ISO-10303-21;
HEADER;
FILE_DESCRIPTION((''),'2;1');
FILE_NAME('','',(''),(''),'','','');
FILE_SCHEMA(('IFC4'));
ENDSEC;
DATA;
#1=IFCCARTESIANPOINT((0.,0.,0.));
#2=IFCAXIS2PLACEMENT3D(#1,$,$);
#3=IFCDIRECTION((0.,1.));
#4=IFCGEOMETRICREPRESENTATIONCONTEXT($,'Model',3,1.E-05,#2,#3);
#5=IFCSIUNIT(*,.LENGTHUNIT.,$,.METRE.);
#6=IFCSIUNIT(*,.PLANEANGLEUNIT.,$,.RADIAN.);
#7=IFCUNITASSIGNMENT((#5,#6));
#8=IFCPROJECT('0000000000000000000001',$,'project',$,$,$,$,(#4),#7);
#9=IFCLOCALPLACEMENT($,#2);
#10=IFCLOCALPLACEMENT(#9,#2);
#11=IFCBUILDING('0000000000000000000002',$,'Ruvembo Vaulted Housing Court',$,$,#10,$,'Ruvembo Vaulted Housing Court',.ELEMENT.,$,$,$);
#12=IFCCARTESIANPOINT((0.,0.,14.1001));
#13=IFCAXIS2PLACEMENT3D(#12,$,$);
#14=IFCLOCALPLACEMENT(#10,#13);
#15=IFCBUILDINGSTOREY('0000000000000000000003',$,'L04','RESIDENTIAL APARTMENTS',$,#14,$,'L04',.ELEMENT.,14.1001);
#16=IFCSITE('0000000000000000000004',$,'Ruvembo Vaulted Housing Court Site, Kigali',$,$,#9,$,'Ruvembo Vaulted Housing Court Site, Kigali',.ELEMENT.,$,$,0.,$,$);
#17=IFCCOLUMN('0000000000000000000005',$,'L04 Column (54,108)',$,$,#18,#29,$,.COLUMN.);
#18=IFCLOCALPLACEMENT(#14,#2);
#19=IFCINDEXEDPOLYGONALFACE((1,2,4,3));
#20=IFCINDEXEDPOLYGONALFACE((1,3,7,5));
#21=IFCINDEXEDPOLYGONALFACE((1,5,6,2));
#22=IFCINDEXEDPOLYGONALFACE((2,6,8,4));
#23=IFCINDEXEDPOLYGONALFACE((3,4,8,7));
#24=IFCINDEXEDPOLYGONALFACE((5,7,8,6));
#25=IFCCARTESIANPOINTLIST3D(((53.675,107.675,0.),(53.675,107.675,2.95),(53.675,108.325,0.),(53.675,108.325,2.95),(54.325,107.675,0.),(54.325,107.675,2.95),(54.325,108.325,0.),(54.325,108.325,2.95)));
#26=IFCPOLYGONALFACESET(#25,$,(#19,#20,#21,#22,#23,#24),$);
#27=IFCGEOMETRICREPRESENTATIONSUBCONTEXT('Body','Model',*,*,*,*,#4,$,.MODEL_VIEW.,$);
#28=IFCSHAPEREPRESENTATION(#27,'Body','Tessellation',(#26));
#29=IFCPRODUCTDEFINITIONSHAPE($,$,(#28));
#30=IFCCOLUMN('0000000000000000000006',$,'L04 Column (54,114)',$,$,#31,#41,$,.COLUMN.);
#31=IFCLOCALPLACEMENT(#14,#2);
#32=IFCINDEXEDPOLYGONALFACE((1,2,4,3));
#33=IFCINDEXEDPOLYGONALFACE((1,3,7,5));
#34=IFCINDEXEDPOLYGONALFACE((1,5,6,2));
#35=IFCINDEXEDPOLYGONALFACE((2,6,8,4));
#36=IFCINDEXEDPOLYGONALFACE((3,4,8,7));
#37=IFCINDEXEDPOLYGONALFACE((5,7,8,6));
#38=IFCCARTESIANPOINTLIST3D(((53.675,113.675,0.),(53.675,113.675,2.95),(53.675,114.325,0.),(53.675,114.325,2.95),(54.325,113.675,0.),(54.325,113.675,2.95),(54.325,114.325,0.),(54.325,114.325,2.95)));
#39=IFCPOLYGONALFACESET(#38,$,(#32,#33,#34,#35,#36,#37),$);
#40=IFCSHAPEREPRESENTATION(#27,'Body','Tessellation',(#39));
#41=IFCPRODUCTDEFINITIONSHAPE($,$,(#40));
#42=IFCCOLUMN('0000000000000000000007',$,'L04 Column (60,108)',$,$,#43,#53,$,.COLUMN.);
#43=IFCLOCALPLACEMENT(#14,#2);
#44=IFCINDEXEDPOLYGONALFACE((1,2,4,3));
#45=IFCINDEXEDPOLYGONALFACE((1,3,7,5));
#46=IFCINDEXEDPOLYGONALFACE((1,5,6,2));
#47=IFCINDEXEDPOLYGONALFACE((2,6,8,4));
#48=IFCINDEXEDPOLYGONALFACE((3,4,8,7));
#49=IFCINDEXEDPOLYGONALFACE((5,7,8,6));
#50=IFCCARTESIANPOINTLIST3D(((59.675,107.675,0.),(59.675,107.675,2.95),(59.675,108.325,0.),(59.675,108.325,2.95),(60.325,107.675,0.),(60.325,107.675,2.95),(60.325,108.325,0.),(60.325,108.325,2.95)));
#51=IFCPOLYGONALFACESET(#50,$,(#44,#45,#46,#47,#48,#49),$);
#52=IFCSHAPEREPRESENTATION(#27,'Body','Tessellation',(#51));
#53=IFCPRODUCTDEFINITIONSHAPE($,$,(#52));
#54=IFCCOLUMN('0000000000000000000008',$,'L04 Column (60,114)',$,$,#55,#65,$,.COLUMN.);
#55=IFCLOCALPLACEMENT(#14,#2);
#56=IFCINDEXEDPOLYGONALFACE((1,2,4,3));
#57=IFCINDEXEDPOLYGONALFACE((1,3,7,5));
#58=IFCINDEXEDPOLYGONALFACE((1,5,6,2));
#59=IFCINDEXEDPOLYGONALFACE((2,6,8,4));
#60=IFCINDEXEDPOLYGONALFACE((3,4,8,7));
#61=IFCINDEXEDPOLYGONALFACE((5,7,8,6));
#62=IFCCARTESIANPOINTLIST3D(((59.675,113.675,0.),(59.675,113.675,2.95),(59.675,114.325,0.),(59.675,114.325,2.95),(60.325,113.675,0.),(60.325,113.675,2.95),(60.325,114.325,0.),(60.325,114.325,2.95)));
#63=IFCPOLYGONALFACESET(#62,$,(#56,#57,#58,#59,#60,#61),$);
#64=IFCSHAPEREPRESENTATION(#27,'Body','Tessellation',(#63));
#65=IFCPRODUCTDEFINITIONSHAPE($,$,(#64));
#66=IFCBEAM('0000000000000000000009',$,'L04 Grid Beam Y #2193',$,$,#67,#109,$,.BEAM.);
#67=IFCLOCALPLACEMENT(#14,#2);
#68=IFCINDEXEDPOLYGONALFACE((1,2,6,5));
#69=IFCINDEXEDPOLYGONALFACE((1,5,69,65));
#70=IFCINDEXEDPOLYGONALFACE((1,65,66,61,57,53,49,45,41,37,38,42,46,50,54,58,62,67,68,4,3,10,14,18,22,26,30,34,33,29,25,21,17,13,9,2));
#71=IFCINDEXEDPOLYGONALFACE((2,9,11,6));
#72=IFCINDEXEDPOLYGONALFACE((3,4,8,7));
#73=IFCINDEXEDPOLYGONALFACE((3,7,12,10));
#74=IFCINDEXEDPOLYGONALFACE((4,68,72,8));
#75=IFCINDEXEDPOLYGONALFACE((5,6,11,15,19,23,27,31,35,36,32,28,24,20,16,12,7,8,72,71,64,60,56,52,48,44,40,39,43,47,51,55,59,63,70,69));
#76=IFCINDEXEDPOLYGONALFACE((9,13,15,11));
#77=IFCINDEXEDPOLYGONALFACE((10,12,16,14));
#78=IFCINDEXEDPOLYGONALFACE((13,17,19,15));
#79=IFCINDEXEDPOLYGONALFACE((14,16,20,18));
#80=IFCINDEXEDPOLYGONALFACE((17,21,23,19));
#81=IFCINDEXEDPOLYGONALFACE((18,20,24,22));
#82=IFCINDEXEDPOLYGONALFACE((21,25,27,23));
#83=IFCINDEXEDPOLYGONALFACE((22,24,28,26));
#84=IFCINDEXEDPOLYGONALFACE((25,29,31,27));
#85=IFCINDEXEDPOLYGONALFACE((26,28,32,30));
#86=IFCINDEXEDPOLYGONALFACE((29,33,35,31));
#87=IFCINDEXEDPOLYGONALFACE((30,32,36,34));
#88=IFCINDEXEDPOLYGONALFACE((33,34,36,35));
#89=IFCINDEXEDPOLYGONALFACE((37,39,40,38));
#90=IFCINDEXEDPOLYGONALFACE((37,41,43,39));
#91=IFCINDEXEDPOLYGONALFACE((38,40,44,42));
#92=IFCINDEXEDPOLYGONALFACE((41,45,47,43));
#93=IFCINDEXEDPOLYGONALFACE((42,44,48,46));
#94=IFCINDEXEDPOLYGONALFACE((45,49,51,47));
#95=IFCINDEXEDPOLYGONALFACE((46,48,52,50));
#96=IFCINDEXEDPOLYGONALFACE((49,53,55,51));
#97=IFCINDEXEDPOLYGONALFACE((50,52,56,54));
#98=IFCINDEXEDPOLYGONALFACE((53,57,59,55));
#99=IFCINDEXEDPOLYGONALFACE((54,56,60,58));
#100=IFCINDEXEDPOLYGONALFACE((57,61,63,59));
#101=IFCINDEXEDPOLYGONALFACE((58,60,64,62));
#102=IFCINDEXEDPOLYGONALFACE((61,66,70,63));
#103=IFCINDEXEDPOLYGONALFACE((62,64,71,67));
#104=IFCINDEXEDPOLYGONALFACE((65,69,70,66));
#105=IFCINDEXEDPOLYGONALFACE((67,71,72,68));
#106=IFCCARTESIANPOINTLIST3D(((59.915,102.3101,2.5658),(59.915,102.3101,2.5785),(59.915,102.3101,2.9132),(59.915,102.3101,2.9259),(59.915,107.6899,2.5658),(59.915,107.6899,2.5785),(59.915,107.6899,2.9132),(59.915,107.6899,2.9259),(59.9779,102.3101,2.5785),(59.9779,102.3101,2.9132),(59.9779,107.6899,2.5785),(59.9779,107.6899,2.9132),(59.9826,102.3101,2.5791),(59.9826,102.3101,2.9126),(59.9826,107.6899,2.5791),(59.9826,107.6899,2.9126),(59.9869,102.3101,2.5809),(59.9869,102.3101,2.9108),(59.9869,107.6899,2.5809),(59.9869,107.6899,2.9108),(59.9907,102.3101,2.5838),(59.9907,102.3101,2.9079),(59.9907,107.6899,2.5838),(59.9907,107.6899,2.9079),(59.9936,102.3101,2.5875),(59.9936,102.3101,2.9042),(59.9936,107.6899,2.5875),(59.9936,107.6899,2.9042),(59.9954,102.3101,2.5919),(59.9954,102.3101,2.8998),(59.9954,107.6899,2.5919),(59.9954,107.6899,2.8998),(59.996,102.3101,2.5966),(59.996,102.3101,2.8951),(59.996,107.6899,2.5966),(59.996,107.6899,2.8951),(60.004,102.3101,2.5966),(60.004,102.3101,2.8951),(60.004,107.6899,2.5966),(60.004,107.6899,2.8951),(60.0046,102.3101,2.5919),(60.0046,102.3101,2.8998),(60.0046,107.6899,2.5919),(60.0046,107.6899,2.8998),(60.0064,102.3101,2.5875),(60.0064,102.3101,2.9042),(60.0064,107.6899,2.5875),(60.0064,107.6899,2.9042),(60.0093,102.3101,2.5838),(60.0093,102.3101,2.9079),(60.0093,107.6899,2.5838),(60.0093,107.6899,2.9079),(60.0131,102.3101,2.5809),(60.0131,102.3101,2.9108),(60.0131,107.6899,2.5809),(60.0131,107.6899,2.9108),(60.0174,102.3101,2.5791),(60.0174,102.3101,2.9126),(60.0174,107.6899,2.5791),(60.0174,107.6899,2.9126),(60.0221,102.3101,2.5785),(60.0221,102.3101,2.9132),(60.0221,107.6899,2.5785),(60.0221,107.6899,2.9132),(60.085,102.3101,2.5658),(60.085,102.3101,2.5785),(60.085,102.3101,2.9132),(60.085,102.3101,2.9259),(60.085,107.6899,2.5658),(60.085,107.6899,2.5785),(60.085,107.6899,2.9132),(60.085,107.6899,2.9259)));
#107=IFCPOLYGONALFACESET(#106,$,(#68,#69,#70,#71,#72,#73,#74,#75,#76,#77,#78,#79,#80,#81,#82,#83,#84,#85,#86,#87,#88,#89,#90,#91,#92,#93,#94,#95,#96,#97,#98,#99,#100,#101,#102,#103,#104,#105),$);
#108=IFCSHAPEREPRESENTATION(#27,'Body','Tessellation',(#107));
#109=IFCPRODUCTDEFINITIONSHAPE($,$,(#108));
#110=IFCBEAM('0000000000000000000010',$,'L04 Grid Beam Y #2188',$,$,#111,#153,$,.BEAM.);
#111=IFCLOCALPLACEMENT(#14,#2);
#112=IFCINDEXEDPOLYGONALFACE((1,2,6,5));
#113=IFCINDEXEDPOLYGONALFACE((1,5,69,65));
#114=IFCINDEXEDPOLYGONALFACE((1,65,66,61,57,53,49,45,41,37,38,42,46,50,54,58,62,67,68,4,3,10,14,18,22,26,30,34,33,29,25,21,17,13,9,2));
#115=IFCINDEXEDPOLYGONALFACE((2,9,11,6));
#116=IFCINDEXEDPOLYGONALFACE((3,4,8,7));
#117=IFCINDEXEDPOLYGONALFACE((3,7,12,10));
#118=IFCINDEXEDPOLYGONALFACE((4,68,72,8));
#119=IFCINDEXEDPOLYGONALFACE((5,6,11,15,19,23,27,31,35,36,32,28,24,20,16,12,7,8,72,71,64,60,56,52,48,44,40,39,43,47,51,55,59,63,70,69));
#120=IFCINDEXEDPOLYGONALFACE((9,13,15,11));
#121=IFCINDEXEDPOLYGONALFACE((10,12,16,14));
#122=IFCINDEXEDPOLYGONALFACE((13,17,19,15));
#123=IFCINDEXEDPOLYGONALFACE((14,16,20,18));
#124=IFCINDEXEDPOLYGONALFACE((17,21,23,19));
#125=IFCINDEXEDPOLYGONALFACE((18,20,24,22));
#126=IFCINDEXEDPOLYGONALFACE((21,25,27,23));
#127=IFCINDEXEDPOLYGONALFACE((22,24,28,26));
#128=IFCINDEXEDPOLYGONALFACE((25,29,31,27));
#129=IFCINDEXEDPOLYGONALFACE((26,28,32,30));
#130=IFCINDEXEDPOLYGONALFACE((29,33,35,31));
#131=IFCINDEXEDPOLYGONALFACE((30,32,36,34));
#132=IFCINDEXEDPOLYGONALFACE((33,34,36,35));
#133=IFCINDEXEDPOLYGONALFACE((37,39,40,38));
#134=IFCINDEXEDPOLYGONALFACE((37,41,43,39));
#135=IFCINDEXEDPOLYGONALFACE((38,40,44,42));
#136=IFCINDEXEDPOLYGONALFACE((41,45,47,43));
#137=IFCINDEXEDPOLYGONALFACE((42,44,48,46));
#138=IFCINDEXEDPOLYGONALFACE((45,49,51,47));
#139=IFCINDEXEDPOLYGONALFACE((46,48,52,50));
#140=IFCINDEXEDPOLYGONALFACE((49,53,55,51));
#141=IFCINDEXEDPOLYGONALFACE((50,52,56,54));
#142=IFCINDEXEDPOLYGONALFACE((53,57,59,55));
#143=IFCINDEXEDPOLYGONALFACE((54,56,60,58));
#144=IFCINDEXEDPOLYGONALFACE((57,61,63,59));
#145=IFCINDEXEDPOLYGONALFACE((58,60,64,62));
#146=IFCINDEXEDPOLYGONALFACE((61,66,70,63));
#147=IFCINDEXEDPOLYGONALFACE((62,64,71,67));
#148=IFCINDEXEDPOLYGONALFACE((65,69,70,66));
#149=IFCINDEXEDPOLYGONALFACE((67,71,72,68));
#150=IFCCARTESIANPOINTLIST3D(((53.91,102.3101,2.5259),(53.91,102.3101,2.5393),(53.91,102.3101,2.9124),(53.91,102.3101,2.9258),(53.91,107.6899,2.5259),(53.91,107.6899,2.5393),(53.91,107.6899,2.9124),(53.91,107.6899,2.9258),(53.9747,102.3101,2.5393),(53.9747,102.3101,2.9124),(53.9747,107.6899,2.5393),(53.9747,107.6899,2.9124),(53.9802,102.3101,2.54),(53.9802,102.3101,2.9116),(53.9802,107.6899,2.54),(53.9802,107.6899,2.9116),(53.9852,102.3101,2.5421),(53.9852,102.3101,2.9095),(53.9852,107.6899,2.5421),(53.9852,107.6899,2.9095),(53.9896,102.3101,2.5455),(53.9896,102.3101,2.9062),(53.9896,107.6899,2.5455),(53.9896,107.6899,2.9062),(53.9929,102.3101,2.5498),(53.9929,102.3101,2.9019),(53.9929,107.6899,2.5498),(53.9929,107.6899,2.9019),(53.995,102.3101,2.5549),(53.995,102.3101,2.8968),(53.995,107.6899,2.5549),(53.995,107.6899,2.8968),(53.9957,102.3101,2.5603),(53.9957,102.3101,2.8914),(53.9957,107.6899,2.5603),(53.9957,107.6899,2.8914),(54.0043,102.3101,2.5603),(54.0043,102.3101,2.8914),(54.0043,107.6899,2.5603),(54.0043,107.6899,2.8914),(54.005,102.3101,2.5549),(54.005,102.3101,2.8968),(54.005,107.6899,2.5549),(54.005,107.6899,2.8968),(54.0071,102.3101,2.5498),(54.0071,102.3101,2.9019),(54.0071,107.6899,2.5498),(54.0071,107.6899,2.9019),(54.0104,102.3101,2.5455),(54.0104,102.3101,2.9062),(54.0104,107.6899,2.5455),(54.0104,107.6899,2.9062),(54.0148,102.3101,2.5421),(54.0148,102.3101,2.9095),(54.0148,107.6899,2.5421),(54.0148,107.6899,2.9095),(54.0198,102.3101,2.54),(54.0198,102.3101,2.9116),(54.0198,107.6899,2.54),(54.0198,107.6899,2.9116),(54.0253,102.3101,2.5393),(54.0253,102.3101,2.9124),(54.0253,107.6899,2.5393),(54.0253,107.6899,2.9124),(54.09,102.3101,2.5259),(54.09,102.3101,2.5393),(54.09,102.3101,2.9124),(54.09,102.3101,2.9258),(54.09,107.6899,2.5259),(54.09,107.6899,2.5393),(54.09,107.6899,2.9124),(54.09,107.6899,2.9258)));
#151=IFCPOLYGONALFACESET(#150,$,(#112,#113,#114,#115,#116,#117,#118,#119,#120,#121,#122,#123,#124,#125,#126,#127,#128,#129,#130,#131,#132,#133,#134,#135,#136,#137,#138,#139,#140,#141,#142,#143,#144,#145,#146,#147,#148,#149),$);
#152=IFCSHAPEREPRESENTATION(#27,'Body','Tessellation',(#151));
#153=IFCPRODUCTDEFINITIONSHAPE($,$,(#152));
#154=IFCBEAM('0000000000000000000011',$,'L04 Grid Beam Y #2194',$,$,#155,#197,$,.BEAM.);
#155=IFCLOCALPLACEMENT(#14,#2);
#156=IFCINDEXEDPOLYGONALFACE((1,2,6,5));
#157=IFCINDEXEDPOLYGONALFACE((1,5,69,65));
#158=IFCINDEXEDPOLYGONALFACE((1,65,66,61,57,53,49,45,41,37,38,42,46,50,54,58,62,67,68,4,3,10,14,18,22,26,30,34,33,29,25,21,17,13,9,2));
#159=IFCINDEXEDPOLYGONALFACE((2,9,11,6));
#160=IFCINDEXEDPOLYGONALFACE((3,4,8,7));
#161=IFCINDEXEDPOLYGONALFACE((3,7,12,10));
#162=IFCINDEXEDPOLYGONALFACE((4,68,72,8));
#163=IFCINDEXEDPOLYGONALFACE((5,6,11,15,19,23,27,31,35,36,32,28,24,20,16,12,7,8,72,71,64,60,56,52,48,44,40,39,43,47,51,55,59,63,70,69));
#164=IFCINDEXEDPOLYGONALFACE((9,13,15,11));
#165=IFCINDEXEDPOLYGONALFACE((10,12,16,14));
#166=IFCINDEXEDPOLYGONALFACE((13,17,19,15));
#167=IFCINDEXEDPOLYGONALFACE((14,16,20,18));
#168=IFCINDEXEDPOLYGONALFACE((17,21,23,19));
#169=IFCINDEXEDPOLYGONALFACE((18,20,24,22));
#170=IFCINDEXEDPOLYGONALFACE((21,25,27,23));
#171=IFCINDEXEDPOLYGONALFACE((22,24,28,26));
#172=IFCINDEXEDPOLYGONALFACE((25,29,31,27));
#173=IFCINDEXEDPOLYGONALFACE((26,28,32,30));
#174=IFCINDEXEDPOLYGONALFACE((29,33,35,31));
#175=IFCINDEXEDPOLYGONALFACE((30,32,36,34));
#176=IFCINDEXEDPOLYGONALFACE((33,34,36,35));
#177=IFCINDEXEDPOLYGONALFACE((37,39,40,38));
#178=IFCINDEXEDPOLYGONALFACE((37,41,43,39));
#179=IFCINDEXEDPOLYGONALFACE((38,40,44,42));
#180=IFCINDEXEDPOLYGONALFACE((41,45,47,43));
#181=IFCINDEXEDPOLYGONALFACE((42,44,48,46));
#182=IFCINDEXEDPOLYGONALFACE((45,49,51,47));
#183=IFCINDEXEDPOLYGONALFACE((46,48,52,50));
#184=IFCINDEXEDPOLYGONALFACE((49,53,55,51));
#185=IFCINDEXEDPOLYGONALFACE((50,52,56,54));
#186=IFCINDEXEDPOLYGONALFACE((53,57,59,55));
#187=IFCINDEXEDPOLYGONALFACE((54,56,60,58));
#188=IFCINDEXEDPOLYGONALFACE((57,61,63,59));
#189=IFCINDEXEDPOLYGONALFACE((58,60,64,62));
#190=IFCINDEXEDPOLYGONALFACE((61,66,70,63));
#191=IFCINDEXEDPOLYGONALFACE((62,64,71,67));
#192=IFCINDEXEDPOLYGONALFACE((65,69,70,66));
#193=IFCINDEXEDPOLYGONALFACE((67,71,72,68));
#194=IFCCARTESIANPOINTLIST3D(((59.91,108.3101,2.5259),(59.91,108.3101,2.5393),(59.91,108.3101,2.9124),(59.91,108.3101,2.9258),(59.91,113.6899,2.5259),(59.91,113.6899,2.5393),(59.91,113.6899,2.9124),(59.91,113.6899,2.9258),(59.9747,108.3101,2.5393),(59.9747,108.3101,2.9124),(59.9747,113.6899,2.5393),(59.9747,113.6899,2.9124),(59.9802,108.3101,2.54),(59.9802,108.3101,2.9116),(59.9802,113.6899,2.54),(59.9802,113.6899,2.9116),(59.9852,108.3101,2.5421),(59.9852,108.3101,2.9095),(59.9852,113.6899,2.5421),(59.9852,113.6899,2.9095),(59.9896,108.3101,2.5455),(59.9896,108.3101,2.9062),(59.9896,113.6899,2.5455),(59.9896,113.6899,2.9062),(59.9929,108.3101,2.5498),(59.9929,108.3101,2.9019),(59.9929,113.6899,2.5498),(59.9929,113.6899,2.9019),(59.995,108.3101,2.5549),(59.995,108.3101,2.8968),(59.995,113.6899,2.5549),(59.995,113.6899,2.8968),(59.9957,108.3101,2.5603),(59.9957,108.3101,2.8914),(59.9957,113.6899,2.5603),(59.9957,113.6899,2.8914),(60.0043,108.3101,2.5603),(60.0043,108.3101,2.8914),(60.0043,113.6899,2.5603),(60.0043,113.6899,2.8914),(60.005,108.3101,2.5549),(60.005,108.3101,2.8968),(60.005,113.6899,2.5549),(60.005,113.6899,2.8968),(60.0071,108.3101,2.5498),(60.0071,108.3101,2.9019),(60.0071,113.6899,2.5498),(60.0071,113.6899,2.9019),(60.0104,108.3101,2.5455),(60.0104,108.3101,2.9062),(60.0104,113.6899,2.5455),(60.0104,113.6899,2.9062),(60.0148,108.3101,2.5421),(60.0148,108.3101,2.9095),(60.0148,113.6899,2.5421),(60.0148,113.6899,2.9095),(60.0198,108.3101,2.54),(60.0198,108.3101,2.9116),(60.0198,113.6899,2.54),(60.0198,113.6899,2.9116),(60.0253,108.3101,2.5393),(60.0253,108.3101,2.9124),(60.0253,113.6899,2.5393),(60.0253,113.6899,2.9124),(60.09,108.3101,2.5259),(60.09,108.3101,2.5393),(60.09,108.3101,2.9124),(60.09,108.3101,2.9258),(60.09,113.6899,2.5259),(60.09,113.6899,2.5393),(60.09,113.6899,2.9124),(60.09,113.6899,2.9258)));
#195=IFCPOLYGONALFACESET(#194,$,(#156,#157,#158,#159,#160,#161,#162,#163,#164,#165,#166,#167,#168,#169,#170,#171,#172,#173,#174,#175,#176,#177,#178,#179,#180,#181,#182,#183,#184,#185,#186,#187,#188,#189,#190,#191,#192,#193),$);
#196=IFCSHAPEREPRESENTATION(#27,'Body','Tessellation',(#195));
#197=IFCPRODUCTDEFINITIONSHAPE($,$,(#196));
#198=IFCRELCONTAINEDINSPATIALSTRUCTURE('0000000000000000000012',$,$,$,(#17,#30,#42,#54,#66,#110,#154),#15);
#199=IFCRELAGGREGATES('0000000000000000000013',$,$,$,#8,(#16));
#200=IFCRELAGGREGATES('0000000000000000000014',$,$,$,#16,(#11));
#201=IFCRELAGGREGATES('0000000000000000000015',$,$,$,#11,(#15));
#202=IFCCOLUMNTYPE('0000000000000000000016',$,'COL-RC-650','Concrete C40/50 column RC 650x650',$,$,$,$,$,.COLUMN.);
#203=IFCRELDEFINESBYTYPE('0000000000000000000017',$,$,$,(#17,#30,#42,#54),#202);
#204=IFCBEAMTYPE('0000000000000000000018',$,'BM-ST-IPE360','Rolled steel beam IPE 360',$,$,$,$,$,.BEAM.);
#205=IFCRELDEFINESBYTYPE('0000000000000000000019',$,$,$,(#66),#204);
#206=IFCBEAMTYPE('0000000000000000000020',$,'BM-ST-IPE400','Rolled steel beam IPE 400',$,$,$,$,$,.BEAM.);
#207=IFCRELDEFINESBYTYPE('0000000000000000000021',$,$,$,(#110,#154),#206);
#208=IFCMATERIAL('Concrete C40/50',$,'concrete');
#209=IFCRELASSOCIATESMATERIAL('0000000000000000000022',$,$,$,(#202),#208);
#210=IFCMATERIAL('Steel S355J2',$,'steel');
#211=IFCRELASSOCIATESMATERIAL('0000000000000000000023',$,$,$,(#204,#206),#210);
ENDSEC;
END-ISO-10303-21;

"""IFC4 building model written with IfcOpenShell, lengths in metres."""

from ifc_helpers import new_model, si_unit, direction, frame, origin, origin_2d, place, context, subcontext, project, spatial, rectangle, i_section, extrude, material, material_profile, profile_set, type_object, element, save


model = new_model("IFC4")

# Units and contexts
model_context = context("Model", 3, precision=1e-05, world=origin(), true_north=direction((0.0, 1.0)))
body_context = subcontext(model_context, "Body", "Model", "MODEL_VIEW")
ifc_project = project(units=[si_unit("LENGTHUNIT", "METRE"), si_unit("PLANEANGLEUNIT", "RADIAN")], contexts=[model_context])

# Site, building, storey
site_placement = place(None, origin())
site = spatial("IfcSite", under=ifc_project, at=site_placement, Name="Ruvembo Vaulted Housing Court Site, Kigali", LongName="Ruvembo Vaulted Housing Court Site, Kigali", CompositionType="ELEMENT", RefElevation=0.0)
building_placement = place(site_placement, origin())
building = spatial("IfcBuilding", under=site, at=building_placement, Name="Ruvembo Vaulted Housing Court", LongName="Ruvembo Vaulted Housing Court", CompositionType="ELEMENT")
storey_placement = place(building_placement, frame((0.0, 0.0, 14.1001)))
storey = spatial("IfcBuildingStorey", under=building, at=storey_placement, Name="L04", Description="RESIDENTIAL APARTMENTS", LongName="L04", CompositionType="ELEMENT", Elevation=14.1001)

# Columns
ifc_material_1 = material(Name="Concrete C40/50", Category="concrete")
ifc_material_profile_1 = material_profile(ifc_material_1, rectangle(XDim=0.6499, YDim=0.6499, at=origin_2d()), Name="RC 650x650")
ifc_profile_set_1 = profile_set([ifc_material_profile_1], Name="Concrete C40/50")
column_type = type_object("IfcColumnType", Name="COL-RC-650", Description="Concrete C40/50 column RC 650x650", PredefinedType="COLUMN", material=ifc_profile_set_1)
for number, where, z_axis, x_axis, name in (
    (1, (54.0, 108.0, 0.0), (0.0, 0.0, 1.0), (1.0, 0.0, 0.0), "L04 Column (54,108)"),
    (2, (54.0, 114.0, 0.0), (0.0, 0.0, 1.0), (1.0, 0.0, 0.0), "L04 Column (54,114)"),
    (3, (60.0, 108.0, 0.0), (0.0, 0.0, 1.0), (1.0, 0.0, 0.0), "L04 Column (60,108)"),
    (4, (60.0, 114.0, 0.0), (0.0, 0.0, 1.0), (1.0, 0.0, 0.0), "L04 Column (60,114)"),
):
    element("IfcColumn", number, at=place(storey_placement, frame(where, z_axis=z_axis, x_axis=x_axis)), inside=storey, type_object=column_type, Name=name, PredefinedType="COLUMN", context=body_context, shape_type="SweptSolid", body=[
        extrude(rectangle(XDim=0.6499, YDim=0.6499, at=origin_2d()), origin(), (0.0, 0.0, 1.0), 2.95),
    ])

# Beams
ifc_material_2 = material(Name="Steel S355J2", Category="steel")
ifc_material_profile_2 = material_profile(ifc_material_2, i_section(OverallWidth=0.1699, OverallDepth=0.3601, WebThickness=0.0081, FlangeThickness=0.0127, FilletRadius=0.0181, at=origin_2d()), Name="IPE 360")
ifc_profile_set_2 = profile_set([ifc_material_profile_2], Name="Steel S355J2")
beam_type_1 = type_object("IfcBeamType", Name="BM-ST-IPE360", Description="Rolled steel beam IPE 360", PredefinedType="BEAM", material=ifc_profile_set_2)
beam_1_placement = place(storey_placement, frame((60.0, 102.3101, 2.7458), z_axis=(0.0, 1.0, 0.0), x_axis=(-1.0, 0.0, 0.0)))
element("IfcBeam", 5, at=beam_1_placement, inside=storey, type_object=beam_type_1, Name="L04 Grid Beam Y #2193", PredefinedType="BEAM", context=body_context, shape_type="SweptSolid", body=[
    extrude(i_section(OverallWidth=0.1699, OverallDepth=0.3601, WebThickness=0.0081, FlangeThickness=0.0127, FilletRadius=0.0181, at=origin_2d()), origin(), (0.0, 0.0, 1.0), 5.3799),
])
ifc_material_profile_3 = material_profile(ifc_material_2, i_section(OverallWidth=0.1799, OverallDepth=0.3999, WebThickness=0.0085, FlangeThickness=0.0134, FilletRadius=0.021, at=origin_2d()), Name="IPE 400")
ifc_profile_set_3 = profile_set([ifc_material_profile_3], Name="Steel S355J2")
beam_type_2 = type_object("IfcBeamType", Name="BM-ST-IPE400", Description="Rolled steel beam IPE 400", PredefinedType="BEAM", material=ifc_profile_set_3)
for number, where, z_axis, x_axis, name in (
    (6, (54.0, 102.3101, 2.7258), (0.0, 1.0, 0.0), (-1.0, 0.0, 0.0), "L04 Grid Beam Y #2188"),
    (7, (60.0, 108.3101, 2.7258), (0.0, 1.0, 0.0), (-1.0, 0.0, 0.0), "L04 Grid Beam Y #2194"),
):
    element("IfcBeam", number, at=place(storey_placement, frame(where, z_axis=z_axis, x_axis=x_axis)), inside=storey, type_object=beam_type_2, Name=name, PredefinedType="BEAM", context=body_context, shape_type="SweptSolid", body=[
        extrude(i_section(OverallWidth=0.1799, OverallDepth=0.3999, WebThickness=0.0085, FlangeThickness=0.0134, FilletRadius=0.021, at=origin_2d()), origin(), (0.0, 0.0, 1.0), 5.3799),
    ])

save(model, "model.ifc")
